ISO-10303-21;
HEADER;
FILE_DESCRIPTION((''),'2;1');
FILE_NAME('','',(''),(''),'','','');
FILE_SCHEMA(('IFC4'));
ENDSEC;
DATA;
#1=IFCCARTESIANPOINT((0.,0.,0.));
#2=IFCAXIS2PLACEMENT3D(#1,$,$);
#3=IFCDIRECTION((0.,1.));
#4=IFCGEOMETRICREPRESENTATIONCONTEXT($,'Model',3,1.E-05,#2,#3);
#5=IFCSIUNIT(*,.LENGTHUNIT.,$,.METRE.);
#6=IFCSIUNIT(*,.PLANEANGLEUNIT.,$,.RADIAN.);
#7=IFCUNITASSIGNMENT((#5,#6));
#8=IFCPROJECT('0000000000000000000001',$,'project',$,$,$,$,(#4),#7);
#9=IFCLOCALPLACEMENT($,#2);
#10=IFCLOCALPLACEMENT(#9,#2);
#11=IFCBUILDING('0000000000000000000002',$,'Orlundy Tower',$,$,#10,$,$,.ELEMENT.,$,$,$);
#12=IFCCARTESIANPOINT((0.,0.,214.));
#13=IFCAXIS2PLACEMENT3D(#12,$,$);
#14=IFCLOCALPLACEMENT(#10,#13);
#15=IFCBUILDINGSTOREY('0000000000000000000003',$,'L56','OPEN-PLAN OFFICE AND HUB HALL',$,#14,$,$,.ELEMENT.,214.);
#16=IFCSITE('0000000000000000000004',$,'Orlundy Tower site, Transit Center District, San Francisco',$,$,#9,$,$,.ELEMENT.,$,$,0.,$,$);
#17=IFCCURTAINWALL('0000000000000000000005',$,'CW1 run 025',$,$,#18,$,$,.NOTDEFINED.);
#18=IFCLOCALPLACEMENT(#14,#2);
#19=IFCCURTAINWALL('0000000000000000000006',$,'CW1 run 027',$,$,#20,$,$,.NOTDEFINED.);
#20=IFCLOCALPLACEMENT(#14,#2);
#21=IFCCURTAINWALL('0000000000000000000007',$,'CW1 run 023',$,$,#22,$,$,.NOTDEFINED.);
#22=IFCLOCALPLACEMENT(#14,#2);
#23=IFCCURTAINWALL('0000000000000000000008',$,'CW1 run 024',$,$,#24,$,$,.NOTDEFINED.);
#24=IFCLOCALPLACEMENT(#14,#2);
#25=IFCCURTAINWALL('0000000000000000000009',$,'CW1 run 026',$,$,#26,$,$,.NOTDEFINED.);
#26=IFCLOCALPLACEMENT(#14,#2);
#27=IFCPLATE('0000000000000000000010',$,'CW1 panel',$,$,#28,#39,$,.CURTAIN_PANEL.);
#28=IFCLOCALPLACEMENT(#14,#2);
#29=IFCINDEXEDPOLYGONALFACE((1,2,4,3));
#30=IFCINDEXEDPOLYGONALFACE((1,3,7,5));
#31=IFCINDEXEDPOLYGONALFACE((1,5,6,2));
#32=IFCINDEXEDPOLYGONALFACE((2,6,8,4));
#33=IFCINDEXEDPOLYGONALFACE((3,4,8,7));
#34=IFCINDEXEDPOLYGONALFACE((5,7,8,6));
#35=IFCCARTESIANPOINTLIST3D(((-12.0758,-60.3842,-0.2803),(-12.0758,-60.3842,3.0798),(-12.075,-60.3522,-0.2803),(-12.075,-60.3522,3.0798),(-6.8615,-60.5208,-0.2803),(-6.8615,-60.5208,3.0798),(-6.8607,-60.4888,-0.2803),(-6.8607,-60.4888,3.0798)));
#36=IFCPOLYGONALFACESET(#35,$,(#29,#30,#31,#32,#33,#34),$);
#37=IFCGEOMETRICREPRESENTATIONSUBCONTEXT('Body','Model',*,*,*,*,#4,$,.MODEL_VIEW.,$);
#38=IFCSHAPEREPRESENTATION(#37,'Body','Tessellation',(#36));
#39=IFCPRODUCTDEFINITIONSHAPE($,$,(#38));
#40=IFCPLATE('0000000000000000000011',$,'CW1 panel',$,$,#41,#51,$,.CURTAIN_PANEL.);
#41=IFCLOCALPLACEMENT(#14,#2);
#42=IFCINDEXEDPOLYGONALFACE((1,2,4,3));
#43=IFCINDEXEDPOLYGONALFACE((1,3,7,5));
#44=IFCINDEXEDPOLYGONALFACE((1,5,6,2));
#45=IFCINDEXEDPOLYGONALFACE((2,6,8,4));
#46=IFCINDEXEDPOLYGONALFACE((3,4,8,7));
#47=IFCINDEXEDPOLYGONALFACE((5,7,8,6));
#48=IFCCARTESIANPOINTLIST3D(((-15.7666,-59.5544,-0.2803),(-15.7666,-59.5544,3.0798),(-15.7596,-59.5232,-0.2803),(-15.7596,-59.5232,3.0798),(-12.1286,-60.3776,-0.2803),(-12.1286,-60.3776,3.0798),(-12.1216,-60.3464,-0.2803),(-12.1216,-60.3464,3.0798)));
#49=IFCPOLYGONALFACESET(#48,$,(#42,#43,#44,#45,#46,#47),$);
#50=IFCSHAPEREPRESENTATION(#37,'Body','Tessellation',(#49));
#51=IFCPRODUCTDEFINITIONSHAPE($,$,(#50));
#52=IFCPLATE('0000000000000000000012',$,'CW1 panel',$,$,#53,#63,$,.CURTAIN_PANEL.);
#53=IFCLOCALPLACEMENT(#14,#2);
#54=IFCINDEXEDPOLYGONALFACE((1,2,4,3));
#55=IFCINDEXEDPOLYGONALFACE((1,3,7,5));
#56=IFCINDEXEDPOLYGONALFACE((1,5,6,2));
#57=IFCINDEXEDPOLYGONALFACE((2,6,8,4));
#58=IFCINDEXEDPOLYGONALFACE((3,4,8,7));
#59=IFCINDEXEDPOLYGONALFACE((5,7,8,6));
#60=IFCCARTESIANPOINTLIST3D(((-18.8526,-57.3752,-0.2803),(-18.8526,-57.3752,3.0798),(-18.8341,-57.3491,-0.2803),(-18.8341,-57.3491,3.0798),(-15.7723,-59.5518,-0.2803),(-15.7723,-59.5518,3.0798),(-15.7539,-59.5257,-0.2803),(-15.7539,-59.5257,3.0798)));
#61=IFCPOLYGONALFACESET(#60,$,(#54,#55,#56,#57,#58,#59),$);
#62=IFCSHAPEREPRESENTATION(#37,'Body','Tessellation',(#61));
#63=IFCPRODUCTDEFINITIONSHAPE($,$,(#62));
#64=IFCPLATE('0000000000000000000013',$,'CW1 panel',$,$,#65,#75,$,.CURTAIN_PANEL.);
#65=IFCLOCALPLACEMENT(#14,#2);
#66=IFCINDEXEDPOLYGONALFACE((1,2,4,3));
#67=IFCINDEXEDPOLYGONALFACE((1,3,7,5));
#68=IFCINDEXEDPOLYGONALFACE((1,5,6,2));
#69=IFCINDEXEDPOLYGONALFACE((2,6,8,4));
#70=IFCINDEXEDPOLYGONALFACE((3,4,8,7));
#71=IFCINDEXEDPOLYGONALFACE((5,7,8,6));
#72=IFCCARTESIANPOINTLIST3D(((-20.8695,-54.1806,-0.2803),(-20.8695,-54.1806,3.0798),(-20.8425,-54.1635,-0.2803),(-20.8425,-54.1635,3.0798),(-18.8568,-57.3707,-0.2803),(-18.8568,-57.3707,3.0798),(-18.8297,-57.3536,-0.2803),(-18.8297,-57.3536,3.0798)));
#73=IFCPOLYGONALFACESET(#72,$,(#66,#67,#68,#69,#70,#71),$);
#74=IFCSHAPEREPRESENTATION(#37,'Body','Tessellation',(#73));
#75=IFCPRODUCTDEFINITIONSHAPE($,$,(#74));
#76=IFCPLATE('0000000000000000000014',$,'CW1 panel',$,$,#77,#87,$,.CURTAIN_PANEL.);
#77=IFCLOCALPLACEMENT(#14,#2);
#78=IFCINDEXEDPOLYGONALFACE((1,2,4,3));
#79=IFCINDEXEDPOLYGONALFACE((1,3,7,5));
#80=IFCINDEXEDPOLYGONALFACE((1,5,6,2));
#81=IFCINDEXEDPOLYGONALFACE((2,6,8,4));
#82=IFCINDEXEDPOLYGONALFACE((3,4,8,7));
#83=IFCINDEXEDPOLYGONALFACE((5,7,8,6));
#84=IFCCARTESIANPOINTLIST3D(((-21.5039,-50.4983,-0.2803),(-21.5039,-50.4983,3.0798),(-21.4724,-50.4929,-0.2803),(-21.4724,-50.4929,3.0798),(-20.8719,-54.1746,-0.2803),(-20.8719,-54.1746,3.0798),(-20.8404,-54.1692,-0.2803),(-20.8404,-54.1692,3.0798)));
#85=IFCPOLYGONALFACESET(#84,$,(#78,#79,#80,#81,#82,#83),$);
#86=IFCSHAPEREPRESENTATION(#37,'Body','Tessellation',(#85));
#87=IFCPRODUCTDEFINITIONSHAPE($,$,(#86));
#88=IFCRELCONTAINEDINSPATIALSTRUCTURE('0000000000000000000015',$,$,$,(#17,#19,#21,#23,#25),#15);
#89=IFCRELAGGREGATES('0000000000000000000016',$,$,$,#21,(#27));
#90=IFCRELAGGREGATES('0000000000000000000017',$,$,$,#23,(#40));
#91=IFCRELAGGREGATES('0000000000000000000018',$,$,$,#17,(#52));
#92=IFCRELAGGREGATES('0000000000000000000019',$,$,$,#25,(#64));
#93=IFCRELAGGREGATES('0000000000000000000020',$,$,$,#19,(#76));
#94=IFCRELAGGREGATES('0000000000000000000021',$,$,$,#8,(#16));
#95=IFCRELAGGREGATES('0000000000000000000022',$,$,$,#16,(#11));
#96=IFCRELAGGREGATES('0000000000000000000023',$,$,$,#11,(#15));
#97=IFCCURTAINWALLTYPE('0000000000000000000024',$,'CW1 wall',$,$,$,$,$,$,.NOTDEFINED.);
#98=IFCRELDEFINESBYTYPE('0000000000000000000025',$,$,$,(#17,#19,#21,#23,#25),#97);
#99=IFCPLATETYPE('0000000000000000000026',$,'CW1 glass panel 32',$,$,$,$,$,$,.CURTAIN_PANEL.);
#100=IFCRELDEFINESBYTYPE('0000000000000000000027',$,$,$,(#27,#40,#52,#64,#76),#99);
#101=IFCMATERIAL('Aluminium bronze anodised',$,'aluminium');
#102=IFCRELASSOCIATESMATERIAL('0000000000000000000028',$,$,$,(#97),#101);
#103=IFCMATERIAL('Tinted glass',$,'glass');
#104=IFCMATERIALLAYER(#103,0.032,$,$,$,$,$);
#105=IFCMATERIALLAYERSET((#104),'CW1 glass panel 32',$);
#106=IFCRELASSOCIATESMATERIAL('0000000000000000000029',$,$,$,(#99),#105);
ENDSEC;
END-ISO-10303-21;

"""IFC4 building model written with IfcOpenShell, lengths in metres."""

from ifc_helpers import new_model, si_unit, direction, frame, origin, origin_2d, place, context, subcontext, project, spatial, rectangle, extrude, material, layer, layer_set, type_object, element, aggregate, save


model = new_model("IFC4")

# Units and contexts
model_context = context("Model", 3, precision=1e-05, world=origin(), true_north=direction((0.0, 1.0)))
body_context = subcontext(model_context, "Body", "Model", "MODEL_VIEW")
ifc_project = project(units=[si_unit("LENGTHUNIT", "METRE"), si_unit("PLANEANGLEUNIT", "RADIAN")], contexts=[model_context])

# Site, building, storey
site_placement = place(None, origin())
site = spatial("IfcSite", under=ifc_project, at=site_placement, Name="Orlundy Tower site, Transit Center District, San Francisco", CompositionType="ELEMENT", RefElevation=0.0)
building_placement = place(site_placement, origin())
building = spatial("IfcBuilding", under=site, at=building_placement, Name="Orlundy Tower", CompositionType="ELEMENT")
storey_placement = place(building_placement, frame((0.0, 0.0, 214.0)))
storey = spatial("IfcBuildingStorey", under=building, at=storey_placement, Name="L56", Description="OPEN-PLAN OFFICE AND HUB HALL", CompositionType="ELEMENT", Elevation=214.0)

# Curtain walls
ifc_material_1 = material(Name="Aluminium bronze anodised", Category="aluminium")
curtain_wall_type = type_object("IfcCurtainWallType", Name="CW1 wall", PredefinedType="NOTDEFINED", material=ifc_material_1)
curtain_wall_1_placement = place(storey_placement, origin())
curtain_wall_1 = element("IfcCurtainWall", 1, at=curtain_wall_1_placement, inside=storey, type_object=curtain_wall_type, Name="CW1 run 025", PredefinedType="NOTDEFINED")
curtain_wall_2_placement = place(storey_placement, origin())
curtain_wall_2 = element("IfcCurtainWall", 2, at=curtain_wall_2_placement, inside=storey, type_object=curtain_wall_type, Name="CW1 run 027", PredefinedType="NOTDEFINED")

# Curtain walls
curtain_wall_3_placement = place(storey_placement, origin())
curtain_wall_3 = element("IfcCurtainWall", 3, at=curtain_wall_3_placement, inside=storey, type_object=curtain_wall_type, Name="CW1 run 023", PredefinedType="NOTDEFINED")
curtain_wall_4_placement = place(storey_placement, origin())
curtain_wall_4 = element("IfcCurtainWall", 4, at=curtain_wall_4_placement, inside=storey, type_object=curtain_wall_type, Name="CW1 run 024", PredefinedType="NOTDEFINED")

# Curtain wall
curtain_wall_5_placement = place(storey_placement, origin())
curtain_wall_5 = element("IfcCurtainWall", 5, at=curtain_wall_5_placement, inside=storey, type_object=curtain_wall_type, Name="CW1 run 026", PredefinedType="NOTDEFINED")

# Plates
ifc_material_2 = material(Name="Tinted glass", Category="glass")
ifc_layer = layer(ifc_material_2, 0.032)
ifc_layer_set = layer_set([ifc_layer], Name="CW1 glass panel 32")
plate_type = type_object("IfcPlateType", Name="CW1 glass panel 32", PredefinedType="CURTAIN_PANEL", material=ifc_layer_set)
plate_1_placement = place(storey_placement, frame((-9.4683, -60.4365, -0.2803), z_axis=(0.0, 0.0, 1.0), x_axis=(-0.999657, 0.02619, 0.0)))
plate_1 = element("IfcPlate", 6, at=plate_1_placement, type_object=plate_type, Name="CW1 panel", PredefinedType="CURTAIN_PANEL", context=body_context, shape_type="SweptSolid", body=[
    extrude(rectangle(XDim=5.2161, YDim=0.032, at=origin_2d()), origin(), (0.0, 0.0, 1.0), 3.3601),
])
aggregate(curtain_wall_3, [plate_1])
plate_2_placement = place(storey_placement, frame((-13.9441, -59.9504, -0.2803), z_axis=(0.0, 0.0, 1.0), x_axis=(-0.975342, 0.2207, 0.0)))
plate_2 = element("IfcPlate", 7, at=plate_2_placement, type_object=plate_type, Name="CW1 panel", PredefinedType="CURTAIN_PANEL", context=body_context, shape_type="SweptSolid", body=[
    extrude(rectangle(XDim=3.73, YDim=0.032, at=origin_2d()), origin(), (0.0, 0.0, 1.0), 3.3601),
])
aggregate(curtain_wall_4, [plate_2])
plate_3_placement = place(storey_placement, frame((-17.3032, -58.4504, -0.2803), z_axis=(0.0, 0.0, 1.0), x_axis=(-0.816676, 0.577096, 0.0)))
plate_3 = element("IfcPlate", 8, at=plate_3_placement, type_object=plate_type, Name="CW1 panel", PredefinedType="CURTAIN_PANEL", context=body_context, shape_type="SweptSolid", body=[
    extrude(rectangle(XDim=3.7717, YDim=0.032, at=origin_2d()), origin(), (0.0, 0.0, 1.0), 3.3601),
])
aggregate(curtain_wall_1, [plate_3])
plate_4_placement = place(storey_placement, frame((-19.8496, -55.7671, -0.2803), z_axis=(0.0, 0.0, 1.0), x_axis=(-0.533607, 0.845732, 0.0)))
plate_4 = element("IfcPlate", 9, at=plate_4_placement, type_object=plate_type, Name="CW1 panel", PredefinedType="CURTAIN_PANEL", context=body_context, shape_type="SweptSolid", body=[
    extrude(rectangle(XDim=3.772, YDim=0.032, at=origin_2d()), origin(), (0.0, 0.0, 1.0), 3.3601),
])
aggregate(curtain_wall_5, [plate_4])
plate_5_placement = place(storey_placement, frame((-21.1721, -52.3337, -0.2803), z_axis=(0.0, 0.0, 1.0), x_axis=(-0.169428, 0.985543, 0.0)))
plate_5 = element("IfcPlate", 10, at=plate_5_placement, type_object=plate_type, Name="CW1 panel", PredefinedType="CURTAIN_PANEL", context=body_context, shape_type="SweptSolid", body=[
    extrude(rectangle(XDim=3.7302, YDim=0.032, at=origin_2d()), origin(), (0.0, 0.0, 1.0), 3.3601),
])
aggregate(curtain_wall_2, [plate_5])

save(model, "model.ifc")
